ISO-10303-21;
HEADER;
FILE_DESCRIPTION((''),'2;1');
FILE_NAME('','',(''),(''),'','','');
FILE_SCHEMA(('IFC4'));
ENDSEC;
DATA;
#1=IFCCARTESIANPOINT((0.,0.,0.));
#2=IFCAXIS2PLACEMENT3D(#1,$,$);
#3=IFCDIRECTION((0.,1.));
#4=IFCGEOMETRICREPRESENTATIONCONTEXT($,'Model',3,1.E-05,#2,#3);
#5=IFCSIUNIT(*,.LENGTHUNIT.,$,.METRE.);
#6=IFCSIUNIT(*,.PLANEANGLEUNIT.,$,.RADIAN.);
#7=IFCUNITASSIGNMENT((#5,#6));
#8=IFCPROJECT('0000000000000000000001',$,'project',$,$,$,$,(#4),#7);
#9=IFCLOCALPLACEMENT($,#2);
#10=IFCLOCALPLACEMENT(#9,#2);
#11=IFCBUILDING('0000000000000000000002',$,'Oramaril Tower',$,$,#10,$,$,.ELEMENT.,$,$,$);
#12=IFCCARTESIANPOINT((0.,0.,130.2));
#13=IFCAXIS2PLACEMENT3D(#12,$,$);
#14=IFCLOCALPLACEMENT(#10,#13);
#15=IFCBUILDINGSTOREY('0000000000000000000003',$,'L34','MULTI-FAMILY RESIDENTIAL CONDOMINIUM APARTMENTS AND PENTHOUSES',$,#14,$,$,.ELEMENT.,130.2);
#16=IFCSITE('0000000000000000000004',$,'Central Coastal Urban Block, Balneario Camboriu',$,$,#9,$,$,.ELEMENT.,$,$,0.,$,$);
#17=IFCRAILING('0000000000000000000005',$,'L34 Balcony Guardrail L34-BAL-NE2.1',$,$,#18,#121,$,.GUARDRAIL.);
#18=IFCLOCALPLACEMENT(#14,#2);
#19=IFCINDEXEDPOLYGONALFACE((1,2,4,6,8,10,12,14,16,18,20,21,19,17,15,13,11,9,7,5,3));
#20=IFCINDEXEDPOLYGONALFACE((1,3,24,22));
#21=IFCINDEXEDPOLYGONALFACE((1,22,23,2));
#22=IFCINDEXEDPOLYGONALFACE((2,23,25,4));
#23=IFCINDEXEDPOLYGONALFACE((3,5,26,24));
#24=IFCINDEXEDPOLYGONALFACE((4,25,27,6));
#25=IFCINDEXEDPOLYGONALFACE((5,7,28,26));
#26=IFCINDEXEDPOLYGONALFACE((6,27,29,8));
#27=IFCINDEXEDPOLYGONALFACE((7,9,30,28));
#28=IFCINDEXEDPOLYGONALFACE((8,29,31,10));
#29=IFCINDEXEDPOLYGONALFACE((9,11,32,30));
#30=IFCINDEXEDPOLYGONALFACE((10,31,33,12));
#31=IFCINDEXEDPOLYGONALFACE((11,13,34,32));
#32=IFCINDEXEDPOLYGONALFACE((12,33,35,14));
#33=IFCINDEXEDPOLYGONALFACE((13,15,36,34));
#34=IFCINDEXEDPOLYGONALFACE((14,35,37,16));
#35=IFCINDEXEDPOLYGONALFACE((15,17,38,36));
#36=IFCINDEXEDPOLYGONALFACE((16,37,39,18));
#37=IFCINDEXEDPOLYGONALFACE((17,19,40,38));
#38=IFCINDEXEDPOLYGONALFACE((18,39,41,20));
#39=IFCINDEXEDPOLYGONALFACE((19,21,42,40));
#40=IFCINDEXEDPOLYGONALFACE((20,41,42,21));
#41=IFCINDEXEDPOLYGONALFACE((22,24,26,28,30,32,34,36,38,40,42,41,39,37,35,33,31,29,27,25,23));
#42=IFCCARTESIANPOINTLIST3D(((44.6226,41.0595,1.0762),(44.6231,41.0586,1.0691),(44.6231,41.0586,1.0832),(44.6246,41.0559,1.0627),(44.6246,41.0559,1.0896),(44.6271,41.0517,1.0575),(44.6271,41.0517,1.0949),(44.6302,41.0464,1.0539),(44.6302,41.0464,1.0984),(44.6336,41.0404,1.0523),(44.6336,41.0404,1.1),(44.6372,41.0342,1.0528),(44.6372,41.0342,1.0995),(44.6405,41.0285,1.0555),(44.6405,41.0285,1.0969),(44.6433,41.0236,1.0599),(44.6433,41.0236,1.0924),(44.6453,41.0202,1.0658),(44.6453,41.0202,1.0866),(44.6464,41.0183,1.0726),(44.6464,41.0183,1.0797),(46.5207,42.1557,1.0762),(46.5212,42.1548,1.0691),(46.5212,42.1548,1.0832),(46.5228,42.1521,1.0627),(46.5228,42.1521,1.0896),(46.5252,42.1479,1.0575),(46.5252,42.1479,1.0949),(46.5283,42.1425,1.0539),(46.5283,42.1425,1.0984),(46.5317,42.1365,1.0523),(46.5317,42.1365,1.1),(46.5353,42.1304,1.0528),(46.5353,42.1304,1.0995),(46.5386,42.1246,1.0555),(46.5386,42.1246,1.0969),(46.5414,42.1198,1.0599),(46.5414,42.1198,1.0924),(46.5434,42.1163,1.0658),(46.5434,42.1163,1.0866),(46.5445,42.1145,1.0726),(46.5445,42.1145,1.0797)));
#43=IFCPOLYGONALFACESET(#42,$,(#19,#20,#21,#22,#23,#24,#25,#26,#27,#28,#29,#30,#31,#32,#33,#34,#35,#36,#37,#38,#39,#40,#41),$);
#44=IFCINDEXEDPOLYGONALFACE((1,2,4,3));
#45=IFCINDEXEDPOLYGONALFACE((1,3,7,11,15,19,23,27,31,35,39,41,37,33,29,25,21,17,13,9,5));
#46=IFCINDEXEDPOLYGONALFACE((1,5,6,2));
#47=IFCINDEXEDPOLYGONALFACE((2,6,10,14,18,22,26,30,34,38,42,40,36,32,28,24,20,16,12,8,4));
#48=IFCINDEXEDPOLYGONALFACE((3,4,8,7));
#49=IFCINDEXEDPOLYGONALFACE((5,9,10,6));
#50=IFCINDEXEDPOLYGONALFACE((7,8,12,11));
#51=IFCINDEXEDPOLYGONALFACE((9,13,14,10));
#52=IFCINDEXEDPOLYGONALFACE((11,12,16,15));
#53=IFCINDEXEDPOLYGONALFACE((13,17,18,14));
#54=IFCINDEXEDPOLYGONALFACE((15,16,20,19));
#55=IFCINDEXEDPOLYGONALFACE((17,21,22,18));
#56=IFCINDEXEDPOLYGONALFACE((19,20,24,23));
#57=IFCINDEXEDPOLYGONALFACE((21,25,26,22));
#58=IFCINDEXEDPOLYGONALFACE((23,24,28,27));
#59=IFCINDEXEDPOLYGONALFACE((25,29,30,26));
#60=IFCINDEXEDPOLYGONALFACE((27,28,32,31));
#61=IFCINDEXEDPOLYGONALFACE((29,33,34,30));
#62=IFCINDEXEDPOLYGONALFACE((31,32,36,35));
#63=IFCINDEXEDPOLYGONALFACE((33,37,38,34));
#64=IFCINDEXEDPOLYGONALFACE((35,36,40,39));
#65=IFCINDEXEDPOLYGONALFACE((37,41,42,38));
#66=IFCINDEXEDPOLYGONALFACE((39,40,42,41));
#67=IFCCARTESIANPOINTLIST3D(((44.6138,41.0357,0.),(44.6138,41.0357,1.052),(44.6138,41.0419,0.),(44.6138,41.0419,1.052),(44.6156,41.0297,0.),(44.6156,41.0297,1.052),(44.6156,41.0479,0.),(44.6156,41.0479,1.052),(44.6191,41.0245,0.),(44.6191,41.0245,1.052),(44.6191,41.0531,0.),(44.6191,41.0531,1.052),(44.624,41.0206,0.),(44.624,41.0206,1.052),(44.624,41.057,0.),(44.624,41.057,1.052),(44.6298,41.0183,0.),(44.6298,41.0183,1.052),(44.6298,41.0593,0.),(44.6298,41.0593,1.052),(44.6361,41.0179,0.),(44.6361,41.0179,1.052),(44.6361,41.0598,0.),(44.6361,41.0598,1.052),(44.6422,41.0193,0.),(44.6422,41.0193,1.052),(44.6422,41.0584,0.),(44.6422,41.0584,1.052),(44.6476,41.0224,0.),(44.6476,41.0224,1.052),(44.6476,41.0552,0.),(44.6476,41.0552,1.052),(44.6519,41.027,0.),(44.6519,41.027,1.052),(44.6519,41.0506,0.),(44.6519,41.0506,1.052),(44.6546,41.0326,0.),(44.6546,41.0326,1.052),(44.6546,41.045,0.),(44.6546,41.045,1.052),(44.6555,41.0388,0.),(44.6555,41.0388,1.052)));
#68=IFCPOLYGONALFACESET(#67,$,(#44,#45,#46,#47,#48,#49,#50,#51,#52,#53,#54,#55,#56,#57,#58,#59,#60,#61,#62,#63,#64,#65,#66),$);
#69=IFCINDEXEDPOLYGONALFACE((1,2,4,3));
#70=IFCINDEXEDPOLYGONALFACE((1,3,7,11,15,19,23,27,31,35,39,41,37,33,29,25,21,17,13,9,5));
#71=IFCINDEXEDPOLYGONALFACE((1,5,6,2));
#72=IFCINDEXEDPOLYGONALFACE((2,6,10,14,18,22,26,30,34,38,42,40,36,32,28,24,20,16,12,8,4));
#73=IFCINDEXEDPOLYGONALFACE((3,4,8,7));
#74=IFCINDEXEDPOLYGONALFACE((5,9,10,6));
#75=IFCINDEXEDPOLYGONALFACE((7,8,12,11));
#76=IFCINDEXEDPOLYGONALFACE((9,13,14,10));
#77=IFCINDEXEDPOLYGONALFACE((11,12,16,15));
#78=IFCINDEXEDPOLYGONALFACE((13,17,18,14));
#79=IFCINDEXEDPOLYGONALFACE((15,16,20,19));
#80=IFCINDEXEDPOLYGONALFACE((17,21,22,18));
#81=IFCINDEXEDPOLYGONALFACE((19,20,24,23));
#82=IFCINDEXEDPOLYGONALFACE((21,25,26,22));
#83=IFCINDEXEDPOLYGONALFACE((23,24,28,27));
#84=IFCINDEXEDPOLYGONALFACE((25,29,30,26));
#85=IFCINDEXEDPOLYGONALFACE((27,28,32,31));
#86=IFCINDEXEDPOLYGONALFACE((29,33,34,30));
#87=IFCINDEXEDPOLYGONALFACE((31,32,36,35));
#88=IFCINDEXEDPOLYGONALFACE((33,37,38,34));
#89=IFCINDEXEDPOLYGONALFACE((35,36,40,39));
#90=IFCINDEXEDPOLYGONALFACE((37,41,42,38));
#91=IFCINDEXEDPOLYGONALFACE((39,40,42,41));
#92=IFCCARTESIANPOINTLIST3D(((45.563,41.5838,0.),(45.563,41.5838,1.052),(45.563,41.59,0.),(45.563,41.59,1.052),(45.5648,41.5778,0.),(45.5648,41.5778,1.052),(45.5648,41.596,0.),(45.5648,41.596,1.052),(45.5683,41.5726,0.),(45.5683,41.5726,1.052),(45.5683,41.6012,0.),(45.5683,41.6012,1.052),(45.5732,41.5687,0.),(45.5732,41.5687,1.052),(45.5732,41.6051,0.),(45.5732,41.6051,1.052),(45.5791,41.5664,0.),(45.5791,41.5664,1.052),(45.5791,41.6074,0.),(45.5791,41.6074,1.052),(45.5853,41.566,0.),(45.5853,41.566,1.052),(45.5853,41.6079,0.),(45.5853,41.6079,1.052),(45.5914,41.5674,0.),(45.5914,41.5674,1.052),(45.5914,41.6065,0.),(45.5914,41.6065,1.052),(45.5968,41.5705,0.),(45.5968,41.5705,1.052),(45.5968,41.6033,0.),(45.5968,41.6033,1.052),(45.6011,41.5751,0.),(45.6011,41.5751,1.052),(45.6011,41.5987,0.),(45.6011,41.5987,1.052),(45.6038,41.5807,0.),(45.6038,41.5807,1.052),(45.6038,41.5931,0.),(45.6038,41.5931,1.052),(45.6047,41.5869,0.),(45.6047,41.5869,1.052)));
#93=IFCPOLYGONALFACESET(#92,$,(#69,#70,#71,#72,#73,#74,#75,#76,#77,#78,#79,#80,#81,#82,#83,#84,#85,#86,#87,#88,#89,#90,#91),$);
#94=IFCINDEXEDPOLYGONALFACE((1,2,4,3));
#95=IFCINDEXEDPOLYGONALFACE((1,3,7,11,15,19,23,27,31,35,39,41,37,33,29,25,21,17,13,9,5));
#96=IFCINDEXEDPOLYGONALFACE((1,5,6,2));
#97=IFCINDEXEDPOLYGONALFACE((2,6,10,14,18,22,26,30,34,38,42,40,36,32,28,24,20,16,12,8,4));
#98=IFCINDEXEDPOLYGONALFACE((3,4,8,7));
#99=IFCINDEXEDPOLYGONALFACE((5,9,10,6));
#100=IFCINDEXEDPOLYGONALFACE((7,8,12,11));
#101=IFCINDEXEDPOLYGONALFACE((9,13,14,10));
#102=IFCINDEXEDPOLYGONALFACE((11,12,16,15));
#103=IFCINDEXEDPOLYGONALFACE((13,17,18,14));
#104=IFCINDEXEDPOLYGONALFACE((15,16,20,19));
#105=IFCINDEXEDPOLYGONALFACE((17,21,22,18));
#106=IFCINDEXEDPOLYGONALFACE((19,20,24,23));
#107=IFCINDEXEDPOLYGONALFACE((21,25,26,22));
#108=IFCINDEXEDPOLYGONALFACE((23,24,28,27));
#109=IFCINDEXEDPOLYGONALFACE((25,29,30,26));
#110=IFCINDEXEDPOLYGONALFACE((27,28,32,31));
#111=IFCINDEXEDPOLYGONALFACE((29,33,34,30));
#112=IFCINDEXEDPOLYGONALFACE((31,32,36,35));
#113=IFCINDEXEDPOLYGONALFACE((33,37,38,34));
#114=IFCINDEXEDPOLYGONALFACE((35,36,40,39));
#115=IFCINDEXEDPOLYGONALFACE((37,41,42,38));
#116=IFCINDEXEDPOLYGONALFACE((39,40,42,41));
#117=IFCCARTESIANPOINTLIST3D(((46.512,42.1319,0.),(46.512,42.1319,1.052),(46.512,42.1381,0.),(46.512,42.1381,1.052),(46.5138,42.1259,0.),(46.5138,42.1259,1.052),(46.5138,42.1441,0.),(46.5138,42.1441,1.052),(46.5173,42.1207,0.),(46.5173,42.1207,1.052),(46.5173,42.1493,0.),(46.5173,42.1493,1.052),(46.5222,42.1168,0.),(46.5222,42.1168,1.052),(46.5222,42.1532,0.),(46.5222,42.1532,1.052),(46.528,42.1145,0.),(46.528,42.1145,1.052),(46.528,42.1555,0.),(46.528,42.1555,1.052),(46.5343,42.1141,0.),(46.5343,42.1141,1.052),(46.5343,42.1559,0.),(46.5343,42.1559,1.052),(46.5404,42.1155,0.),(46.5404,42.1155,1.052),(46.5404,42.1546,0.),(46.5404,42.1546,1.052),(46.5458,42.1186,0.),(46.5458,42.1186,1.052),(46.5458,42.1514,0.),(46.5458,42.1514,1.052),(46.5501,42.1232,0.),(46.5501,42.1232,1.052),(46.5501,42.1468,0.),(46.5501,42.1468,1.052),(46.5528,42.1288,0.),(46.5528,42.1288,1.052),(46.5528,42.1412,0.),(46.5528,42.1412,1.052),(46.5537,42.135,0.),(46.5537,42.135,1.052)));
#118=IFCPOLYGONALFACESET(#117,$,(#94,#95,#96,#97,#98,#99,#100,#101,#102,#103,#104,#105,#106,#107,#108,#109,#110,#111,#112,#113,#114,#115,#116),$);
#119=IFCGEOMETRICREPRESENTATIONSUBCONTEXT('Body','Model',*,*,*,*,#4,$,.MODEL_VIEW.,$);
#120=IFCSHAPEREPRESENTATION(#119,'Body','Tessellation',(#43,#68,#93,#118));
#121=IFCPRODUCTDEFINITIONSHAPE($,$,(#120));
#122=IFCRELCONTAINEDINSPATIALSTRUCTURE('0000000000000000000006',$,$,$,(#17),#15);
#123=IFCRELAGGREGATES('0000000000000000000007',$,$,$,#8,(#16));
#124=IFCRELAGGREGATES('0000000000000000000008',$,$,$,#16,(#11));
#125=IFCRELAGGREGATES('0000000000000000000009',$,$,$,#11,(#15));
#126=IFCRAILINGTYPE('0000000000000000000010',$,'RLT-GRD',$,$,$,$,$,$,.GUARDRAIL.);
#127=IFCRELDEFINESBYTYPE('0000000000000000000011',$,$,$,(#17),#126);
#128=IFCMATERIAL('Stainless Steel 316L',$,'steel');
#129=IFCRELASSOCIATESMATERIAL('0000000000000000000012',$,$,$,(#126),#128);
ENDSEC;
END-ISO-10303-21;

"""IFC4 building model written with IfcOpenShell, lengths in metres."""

from ifc_helpers import new_model, si_unit, direction, frame, origin, origin_2d, place, context, subcontext, project, spatial, circle, extrude, material, type_object, element, save


model = new_model("IFC4")

# Units and contexts
model_context = context("Model", 3, precision=1e-05, world=origin(), true_north=direction((0.0, 1.0)))
body_context = subcontext(model_context, "Body", "Model", "MODEL_VIEW")
ifc_project = project(units=[si_unit("LENGTHUNIT", "METRE"), si_unit("PLANEANGLEUNIT", "RADIAN")], contexts=[model_context])

# Site, building, storey
site_placement = place(None, origin())
site = spatial("IfcSite", under=ifc_project, at=site_placement, Name="Central Coastal Urban Block, Balneario Camboriu", CompositionType="ELEMENT", RefElevation=0.0)
building_placement = place(site_placement, origin())
building = spatial("IfcBuilding", under=site, at=building_placement, Name="Oramaril Tower", CompositionType="ELEMENT")
storey_placement = place(building_placement, frame((0.0, 0.0, 130.2)))
storey = spatial("IfcBuildingStorey", under=building, at=storey_placement, Name="L34", Description="MULTI-FAMILY RESIDENTIAL CONDOMINIUM APARTMENTS AND PENTHOUSES", CompositionType="ELEMENT", Elevation=130.2)

# Railing
ifc_material_1 = material(Name="Stainless Steel 316L", Category="steel")
railing_type = type_object("IfcRailingType", Name="RLT-GRD", PredefinedType="GUARDRAIL", material=ifc_material_1)
railing_placement = place(storey_placement, frame((44.6345, 41.0388, 0.0)))
element("IfcRailing", 1, at=railing_placement, inside=storey, type_object=railing_type, Name="L34 Balcony Guardrail L34-BAL-NE2.1", PredefinedType="GUARDRAIL", context=body_context, shape_type="SweptSolid", body=[
    extrude(circle(Radius=0.0239, at=origin_2d()), frame((0.0, 0.0, 1.0762), z_axis=(0.865972, 0.500092, 0.0), x_axis=(-0.500092, 0.865972, 0.0)), (0.0, 0.0, 1.0), 2.1919),
    extrude(circle(Radius=0.021, at=origin_2d()), origin(), (0.0, 0.0, 1.0), 1.052),
    extrude(circle(Radius=0.021, at=origin_2d()), frame((0.9492, 0.5481, 0.0)), (0.0, 0.0, 1.0), 1.052),
    extrude(circle(Radius=0.021, at=origin_2d()), frame((1.8982, 1.0962, 0.0)), (0.0, 0.0, 1.0), 1.052),
])

save(model, "model.ifc")
